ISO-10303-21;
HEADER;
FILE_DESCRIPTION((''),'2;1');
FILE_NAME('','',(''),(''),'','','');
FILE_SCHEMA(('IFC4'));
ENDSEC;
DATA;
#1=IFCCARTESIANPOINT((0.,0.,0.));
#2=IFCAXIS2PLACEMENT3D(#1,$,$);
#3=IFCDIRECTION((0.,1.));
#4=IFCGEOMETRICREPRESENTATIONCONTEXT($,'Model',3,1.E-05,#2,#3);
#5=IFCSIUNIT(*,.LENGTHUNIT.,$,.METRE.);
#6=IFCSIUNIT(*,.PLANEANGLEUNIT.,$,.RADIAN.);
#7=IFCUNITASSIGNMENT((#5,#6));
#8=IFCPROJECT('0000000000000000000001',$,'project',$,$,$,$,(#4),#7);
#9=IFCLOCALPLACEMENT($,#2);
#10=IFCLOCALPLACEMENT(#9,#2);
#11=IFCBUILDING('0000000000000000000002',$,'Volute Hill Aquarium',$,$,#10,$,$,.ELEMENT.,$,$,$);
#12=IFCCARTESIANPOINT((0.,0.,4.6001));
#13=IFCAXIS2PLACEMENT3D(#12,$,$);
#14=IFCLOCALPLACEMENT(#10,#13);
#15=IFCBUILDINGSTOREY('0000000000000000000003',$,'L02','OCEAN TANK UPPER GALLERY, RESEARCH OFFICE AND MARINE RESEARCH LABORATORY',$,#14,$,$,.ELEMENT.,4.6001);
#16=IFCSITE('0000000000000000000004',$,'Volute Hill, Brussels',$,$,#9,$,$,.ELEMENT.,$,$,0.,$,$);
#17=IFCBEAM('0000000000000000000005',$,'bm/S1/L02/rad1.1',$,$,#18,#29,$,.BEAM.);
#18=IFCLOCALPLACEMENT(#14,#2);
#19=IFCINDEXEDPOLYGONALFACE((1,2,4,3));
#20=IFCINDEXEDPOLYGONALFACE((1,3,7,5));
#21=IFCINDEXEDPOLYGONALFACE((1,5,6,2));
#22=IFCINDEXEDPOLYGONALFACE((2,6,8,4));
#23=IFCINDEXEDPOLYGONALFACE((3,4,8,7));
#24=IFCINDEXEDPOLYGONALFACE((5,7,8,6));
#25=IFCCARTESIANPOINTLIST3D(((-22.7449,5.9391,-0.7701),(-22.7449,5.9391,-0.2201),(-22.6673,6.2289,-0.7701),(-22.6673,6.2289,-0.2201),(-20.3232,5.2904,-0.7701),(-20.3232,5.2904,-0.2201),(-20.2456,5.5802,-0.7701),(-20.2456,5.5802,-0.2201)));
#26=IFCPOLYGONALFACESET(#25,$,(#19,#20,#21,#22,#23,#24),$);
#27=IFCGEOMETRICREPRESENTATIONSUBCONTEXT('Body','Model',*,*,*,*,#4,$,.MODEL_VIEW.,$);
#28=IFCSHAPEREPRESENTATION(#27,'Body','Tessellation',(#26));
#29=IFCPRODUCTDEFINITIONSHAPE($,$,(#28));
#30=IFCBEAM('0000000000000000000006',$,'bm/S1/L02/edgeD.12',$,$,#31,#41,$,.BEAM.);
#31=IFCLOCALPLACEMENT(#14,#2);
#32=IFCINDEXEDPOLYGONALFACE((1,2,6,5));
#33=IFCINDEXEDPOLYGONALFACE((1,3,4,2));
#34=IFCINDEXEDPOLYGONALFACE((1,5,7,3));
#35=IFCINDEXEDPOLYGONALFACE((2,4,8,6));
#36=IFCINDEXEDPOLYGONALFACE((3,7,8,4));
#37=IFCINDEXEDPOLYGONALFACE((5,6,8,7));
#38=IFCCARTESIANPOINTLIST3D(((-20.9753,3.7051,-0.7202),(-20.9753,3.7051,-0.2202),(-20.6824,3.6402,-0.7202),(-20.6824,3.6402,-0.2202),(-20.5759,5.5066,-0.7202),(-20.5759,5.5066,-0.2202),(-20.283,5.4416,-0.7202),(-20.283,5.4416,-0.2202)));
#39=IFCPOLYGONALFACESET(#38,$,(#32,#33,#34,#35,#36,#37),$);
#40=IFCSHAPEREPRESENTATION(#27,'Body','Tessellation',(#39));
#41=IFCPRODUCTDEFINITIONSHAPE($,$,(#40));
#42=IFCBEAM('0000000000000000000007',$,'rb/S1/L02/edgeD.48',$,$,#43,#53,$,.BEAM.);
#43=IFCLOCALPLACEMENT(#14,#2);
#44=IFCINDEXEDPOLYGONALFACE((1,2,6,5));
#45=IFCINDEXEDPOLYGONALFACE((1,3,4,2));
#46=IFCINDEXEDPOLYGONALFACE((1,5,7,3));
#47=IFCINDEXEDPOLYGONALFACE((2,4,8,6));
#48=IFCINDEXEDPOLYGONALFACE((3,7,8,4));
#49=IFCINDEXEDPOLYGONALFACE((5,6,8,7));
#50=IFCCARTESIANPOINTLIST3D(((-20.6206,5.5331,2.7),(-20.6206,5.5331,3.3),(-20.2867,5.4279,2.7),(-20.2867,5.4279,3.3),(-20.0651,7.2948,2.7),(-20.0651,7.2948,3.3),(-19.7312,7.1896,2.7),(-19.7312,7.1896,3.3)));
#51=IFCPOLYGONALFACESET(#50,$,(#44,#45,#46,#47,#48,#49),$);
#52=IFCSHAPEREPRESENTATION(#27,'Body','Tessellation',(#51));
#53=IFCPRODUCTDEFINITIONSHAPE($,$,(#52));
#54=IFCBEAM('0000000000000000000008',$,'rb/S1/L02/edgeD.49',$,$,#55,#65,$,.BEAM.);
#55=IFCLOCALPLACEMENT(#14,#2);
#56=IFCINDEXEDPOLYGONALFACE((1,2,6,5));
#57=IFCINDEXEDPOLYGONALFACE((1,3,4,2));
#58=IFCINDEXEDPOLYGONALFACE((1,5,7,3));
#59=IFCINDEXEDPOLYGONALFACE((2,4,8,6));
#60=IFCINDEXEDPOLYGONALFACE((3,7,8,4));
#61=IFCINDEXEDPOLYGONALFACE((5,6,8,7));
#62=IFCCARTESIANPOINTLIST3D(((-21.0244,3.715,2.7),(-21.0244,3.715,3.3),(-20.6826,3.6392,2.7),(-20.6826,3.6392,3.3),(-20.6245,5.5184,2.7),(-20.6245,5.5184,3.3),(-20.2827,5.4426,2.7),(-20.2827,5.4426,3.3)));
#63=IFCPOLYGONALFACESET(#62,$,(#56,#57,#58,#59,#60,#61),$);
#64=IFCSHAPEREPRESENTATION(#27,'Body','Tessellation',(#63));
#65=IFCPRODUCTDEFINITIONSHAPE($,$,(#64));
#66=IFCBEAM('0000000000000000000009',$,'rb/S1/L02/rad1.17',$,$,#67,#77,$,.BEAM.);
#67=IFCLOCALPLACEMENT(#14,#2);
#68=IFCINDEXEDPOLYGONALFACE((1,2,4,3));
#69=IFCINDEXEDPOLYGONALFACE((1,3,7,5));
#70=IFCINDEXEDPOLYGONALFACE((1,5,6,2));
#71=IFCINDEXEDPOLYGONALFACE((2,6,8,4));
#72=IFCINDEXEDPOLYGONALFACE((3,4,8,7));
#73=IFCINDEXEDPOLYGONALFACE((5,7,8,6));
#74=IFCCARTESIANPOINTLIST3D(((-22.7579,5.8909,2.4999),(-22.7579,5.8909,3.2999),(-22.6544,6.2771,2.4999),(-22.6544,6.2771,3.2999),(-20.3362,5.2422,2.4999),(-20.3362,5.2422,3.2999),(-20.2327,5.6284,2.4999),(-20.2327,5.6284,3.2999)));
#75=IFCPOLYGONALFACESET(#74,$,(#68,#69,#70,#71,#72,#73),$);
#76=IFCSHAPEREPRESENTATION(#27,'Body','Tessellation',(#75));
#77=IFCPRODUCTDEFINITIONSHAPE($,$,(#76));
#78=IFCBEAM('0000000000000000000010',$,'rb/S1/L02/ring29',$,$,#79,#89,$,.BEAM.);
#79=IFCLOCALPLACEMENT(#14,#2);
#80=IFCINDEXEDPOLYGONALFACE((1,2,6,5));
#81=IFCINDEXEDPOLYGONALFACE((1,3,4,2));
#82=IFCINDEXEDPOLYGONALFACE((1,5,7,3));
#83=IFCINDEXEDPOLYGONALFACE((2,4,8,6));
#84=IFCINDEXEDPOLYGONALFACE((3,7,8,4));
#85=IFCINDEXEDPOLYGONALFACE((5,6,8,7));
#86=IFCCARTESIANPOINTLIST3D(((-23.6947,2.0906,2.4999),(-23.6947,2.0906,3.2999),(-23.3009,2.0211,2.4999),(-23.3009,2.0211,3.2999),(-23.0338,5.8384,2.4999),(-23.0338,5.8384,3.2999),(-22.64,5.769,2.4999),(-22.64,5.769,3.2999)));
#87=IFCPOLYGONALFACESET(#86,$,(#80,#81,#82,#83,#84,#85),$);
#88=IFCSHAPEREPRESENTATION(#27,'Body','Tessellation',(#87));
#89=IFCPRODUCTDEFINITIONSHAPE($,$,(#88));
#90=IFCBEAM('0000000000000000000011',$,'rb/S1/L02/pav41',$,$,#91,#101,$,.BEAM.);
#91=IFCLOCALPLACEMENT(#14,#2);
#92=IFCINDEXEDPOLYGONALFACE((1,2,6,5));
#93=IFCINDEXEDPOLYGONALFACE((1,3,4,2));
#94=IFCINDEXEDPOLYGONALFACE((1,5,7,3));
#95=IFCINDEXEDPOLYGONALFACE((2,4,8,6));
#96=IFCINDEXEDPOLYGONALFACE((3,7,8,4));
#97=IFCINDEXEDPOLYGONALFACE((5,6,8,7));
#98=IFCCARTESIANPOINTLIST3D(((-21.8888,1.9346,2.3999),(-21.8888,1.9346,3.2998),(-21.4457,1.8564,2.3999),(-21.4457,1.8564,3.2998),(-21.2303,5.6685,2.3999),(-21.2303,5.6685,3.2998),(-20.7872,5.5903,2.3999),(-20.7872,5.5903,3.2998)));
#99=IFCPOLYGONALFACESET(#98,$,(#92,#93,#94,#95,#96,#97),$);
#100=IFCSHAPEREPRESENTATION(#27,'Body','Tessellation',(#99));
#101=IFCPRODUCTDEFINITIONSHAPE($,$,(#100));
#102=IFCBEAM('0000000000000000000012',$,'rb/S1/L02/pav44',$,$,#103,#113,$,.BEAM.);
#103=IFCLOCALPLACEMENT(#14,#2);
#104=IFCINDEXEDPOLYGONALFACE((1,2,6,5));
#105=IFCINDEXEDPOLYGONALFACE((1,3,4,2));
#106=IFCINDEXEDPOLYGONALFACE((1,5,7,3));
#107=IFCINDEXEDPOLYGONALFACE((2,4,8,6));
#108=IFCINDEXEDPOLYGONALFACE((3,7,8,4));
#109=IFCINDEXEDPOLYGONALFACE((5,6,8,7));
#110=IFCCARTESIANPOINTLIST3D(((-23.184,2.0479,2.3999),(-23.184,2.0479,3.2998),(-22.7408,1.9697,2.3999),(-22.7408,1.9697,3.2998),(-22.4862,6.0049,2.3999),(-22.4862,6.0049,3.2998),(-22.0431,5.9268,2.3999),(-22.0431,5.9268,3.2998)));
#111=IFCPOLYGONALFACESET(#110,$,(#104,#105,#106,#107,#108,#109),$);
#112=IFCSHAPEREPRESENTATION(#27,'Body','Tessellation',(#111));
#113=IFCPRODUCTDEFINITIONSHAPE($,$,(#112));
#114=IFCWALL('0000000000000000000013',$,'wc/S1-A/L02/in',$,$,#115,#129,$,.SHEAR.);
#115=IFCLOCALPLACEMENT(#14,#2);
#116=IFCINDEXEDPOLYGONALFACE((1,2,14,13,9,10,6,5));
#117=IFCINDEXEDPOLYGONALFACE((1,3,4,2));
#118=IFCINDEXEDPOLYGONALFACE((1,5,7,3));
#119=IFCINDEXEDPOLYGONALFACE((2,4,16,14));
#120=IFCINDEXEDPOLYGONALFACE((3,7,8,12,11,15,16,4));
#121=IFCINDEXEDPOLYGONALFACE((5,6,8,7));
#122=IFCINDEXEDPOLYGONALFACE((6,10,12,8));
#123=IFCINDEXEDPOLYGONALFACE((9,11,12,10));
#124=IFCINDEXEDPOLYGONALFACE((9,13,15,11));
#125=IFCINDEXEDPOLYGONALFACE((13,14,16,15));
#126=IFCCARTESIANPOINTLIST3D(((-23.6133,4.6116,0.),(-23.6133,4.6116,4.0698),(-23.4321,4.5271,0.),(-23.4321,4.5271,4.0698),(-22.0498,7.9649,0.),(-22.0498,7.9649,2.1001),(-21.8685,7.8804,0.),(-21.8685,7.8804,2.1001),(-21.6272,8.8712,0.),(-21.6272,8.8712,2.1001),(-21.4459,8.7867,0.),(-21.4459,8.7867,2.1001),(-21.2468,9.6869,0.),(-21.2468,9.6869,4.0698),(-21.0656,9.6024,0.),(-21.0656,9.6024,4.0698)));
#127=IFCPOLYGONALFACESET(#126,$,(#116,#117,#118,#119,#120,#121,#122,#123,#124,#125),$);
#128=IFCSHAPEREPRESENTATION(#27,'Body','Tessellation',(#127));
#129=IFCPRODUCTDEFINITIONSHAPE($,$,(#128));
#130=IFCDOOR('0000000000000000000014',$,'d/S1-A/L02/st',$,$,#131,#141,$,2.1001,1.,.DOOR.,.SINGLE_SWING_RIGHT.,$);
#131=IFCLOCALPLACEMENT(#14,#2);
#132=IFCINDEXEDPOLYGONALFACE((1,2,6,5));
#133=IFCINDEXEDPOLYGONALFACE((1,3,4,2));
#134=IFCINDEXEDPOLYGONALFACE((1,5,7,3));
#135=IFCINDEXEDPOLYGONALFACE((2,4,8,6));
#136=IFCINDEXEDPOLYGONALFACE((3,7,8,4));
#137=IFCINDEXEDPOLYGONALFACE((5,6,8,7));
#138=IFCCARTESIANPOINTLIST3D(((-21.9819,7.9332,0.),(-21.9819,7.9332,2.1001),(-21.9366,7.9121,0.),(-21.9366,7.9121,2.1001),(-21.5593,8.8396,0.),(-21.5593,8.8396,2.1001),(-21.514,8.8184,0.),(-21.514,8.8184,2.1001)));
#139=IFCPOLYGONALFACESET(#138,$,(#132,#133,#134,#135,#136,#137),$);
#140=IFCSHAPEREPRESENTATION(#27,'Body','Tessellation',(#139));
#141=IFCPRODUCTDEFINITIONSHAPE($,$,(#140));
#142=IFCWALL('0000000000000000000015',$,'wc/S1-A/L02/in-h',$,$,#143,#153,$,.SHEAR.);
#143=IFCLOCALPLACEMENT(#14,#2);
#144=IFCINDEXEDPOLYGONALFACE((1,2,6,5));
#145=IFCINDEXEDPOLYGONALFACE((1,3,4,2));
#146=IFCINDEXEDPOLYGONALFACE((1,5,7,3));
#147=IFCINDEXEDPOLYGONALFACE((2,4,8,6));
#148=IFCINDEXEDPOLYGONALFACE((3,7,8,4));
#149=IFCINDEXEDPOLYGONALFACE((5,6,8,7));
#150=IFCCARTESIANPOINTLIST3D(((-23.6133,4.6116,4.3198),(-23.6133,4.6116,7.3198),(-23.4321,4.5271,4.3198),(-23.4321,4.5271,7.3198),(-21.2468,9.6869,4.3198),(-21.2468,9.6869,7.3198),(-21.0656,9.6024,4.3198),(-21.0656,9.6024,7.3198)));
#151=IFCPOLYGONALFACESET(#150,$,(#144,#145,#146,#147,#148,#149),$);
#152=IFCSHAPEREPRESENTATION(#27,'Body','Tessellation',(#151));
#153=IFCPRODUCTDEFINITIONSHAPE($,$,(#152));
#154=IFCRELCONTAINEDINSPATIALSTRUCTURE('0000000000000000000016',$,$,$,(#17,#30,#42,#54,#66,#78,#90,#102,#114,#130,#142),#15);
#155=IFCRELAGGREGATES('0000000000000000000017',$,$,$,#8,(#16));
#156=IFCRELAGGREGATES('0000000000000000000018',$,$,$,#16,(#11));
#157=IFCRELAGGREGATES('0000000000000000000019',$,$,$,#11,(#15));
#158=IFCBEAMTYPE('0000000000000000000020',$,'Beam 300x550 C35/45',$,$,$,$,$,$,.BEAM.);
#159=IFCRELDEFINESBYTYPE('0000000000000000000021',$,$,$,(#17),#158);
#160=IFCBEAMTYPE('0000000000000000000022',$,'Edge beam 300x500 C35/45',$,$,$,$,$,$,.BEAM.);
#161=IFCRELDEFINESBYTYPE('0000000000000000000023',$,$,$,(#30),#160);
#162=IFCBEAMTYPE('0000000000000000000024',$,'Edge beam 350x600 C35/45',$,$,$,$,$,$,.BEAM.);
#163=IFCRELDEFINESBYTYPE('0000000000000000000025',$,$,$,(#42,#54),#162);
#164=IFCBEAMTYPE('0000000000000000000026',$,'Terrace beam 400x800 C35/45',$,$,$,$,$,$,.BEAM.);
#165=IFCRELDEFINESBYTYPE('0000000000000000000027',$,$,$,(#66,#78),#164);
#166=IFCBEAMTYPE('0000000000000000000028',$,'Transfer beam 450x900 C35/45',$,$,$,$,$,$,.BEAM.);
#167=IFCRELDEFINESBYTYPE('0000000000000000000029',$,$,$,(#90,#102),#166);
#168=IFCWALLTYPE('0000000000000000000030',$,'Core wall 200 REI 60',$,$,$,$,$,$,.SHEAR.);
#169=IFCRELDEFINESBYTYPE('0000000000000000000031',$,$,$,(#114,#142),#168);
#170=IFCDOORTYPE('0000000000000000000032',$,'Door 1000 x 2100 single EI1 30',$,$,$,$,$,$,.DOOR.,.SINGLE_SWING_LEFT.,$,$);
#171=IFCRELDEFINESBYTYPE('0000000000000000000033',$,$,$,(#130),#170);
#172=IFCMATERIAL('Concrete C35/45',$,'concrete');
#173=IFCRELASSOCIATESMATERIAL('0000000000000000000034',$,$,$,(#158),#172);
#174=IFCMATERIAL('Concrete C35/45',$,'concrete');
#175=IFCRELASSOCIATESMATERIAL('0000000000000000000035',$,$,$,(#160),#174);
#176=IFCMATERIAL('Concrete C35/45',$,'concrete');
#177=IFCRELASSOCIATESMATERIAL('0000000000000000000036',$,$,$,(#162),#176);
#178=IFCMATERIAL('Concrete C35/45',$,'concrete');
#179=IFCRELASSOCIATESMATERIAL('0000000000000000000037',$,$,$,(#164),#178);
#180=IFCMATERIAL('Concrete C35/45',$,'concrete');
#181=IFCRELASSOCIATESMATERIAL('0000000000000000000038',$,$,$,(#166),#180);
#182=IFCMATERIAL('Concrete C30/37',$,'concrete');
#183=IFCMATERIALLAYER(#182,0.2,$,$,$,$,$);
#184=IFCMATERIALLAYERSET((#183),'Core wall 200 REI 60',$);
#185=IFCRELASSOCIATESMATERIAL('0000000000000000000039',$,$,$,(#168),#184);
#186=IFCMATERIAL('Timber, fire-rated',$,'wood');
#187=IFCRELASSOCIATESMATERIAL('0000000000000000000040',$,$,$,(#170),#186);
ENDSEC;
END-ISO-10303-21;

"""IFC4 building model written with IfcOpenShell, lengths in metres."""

from ifc_helpers import new_model, si_unit, direction, frame, frame_2d, origin, origin_2d, place, context, subcontext, project, spatial, rectangle, extrude, material, layer, layer_set, material_profile, profile_set, type_object, element, fill, save


model = new_model("IFC4")

# Units and contexts
model_context = context("Model", 3, precision=1e-05, world=origin(), true_north=direction((0.0, 1.0)))
body_context = subcontext(model_context, "Body", "Model", "MODEL_VIEW")
ifc_project = project(units=[si_unit("LENGTHUNIT", "METRE"), si_unit("PLANEANGLEUNIT", "RADIAN")], contexts=[model_context])

# Site, building, storey
site_placement = place(None, origin())
site = spatial("IfcSite", under=ifc_project, at=site_placement, Name="Volute Hill, Brussels", CompositionType="ELEMENT", RefElevation=0.0)
building_placement = place(site_placement, origin())
building = spatial("IfcBuilding", under=site, at=building_placement, Name="Volute Hill Aquarium", CompositionType="ELEMENT")
storey_placement = place(building_placement, frame((0.0, 0.0, 4.6001)))
storey = spatial("IfcBuildingStorey", under=building, at=storey_placement, Name="L02", Description="OCEAN TANK UPPER GALLERY, RESEARCH OFFICE AND MARINE RESEARCH LABORATORY", CompositionType="ELEMENT", Elevation=4.6001)

# Beams
ifc_material_1 = material(Name="Concrete C35/45", Category="concrete")
ifc_material_profile_1 = material_profile(ifc_material_1, rectangle(XDim=0.3, YDim=0.55, at=origin_2d()), Name="RC beam 300x550")
ifc_profile_set_1 = profile_set([ifc_material_profile_1], Name="Concrete C35/45")
beam_type_1 = type_object("IfcBeamType", Name="Beam 300x550 C35/45", PredefinedType="BEAM", material=ifc_profile_set_1)
beam_1_placement = place(storey_placement, frame((-20.2844, 5.4353, -0.4951), z_axis=(-0.965945, 0.258747, 0.0), x_axis=(-0.258747, -0.965945, 0.0)))
element("IfcBeam", 1, at=beam_1_placement, inside=storey, type_object=beam_type_1, Name="bm/S1/L02/rad1.1", PredefinedType="BEAM", context=body_context, shape_type="SweptSolid", body=[
    extrude(rectangle(XDim=0.3, YDim=0.55, at=origin_2d()), origin(), (0.0, 0.0, 1.0), 2.5071),
])
ifc_material_2 = material(Name="Concrete C35/45", Category="concrete")
ifc_material_profile_2 = material_profile(ifc_material_2, rectangle(XDim=0.3, YDim=0.5, at=origin_2d()), Name="RC edge beam 300x500")
ifc_profile_set_2 = profile_set([ifc_material_profile_2], Name="Concrete C35/45")
beam_type_2 = type_object("IfcBeamType", Name="Edge beam 300x500 C35/45", PredefinedType="BEAM", material=ifc_profile_set_2)
beam_2_placement = place(storey_placement, frame((-20.4294, 5.4741, -0.4702), z_axis=(-0.216454, -0.976293, 0.0), x_axis=(0.976293, -0.216454, 0.0)))
element("IfcBeam", 2, at=beam_2_placement, inside=storey, type_object=beam_type_2, Name="bm/S1/L02/edgeD.12", PredefinedType="BEAM", context=body_context, shape_type="SweptSolid", body=[
    extrude(rectangle(XDim=0.3, YDim=0.5, at=origin_2d()), origin(), (0.0, 0.0, 1.0), 1.8452),
])
ifc_material_3 = material(Name="Concrete C35/45", Category="concrete")
ifc_material_profile_3 = material_profile(ifc_material_3, rectangle(XDim=0.3501, YDim=0.6001, at=origin_2d()), Name="RC edge beam 350x600")
ifc_profile_set_3 = profile_set([ifc_material_profile_3], Name="Concrete C35/45")
beam_type_3 = type_object("IfcBeamType", Name="Edge beam 350x600 C35/45", PredefinedType="BEAM", material=ifc_profile_set_3)
for number, where, z_axis, x_axis, name in (
    (3, (-19.8982, 7.2422, 3.0), (-0.300682, -0.953724, 0.0), (0.953724, -0.300682, 0.0), "rb/S1/L02/edgeD.48"),
    (4, (-20.4536, 5.4805, 3.0), (-0.216483, -0.976286, 0.0), (0.976286, -0.216483, 0.0), "rb/S1/L02/edgeD.49"),
):
    element("IfcBeam", number, at=place(storey_placement, frame(where, z_axis=z_axis, x_axis=x_axis)), inside=storey, type_object=beam_type_3, Name=name, PredefinedType="BEAM", context=body_context, shape_type="SweptSolid", body=[
        extrude(rectangle(XDim=0.3501, YDim=0.6001, at=origin_2d()), origin(), (0.0, 0.0, 1.0), 1.8472),
    ])
ifc_material_4 = material(Name="Concrete C35/45", Category="concrete")
ifc_material_profile_4 = material_profile(ifc_material_4, rectangle(XDim=0.3999, YDim=0.8, at=origin_2d()), Name="RC beam 400x800")
ifc_profile_set_4 = profile_set([ifc_material_profile_4], Name="Concrete C35/45")
beam_type_4 = type_object("IfcBeamType", Name="Terrace beam 400x800 C35/45", PredefinedType="BEAM", material=ifc_profile_set_4)
beam_3_placement = place(storey_placement, frame((-20.2844, 5.4353, 2.8999), z_axis=(-0.965945, 0.258747, 0.0), x_axis=(-0.258747, -0.965945, 0.0)))
element("IfcBeam", 5, at=beam_3_placement, inside=storey, type_object=beam_type_4, Name="rb/S1/L02/rad1.17", PredefinedType="BEAM", context=body_context, shape_type="SweptSolid", body=[
    extrude(rectangle(XDim=0.3999, YDim=0.8, at=origin_2d()), origin(), (0.0, 0.0, 1.0), 2.5071),
])
beam_4_placement = place(storey_placement, frame((-22.8369, 5.8037, 2.8999), z_axis=(-0.173661, -0.984806, 0.0), x_axis=(0.984806, -0.173661, 0.0)))
element("IfcBeam", 6, at=beam_4_placement, inside=storey, type_object=beam_type_4, Name="rb/S1/L02/ring29", PredefinedType="BEAM", context=body_context, shape_type="SweptSolid", body=[
    extrude(rectangle(XDim=0.3999, YDim=0.8, at=origin_2d()), origin(), (0.0, 0.0, 1.0), 3.8057),
])
ifc_material_5 = material(Name="Concrete C35/45", Category="concrete")
ifc_material_profile_5 = material_profile(ifc_material_5, rectangle(XDim=0.45, YDim=0.8999, at=origin_2d()), Name="RC transfer beam 450x900")
ifc_profile_set_5 = profile_set([ifc_material_profile_5], Name="Concrete C35/45")
beam_type_5 = type_object("IfcBeamType", Name="Transfer beam 450x900 C35/45", PredefinedType="BEAM", material=ifc_profile_set_5)
beam_5_placement = place(storey_placement, frame((-21.0088, 5.6294, 2.8499), z_axis=(-0.173664, -0.984805, 0.0), x_axis=(0.984805, -0.173664, 0.0)))
element("IfcBeam", 7, at=beam_5_placement, inside=storey, type_object=beam_type_5, Name="rb/S1/L02/pav41", PredefinedType="BEAM", context=body_context, shape_type="SweptSolid", body=[
    extrude(rectangle(XDim=0.45, YDim=0.8999, at=origin_2d()), origin(), (0.0, 0.0, 1.0), 3.7915),
])
beam_6_placement = place(storey_placement, frame((-22.2646, 5.9658, 2.8499), z_axis=(-0.173654, -0.984807, 0.0), x_axis=(0.984807, -0.173654, 0.0)))
element("IfcBeam", 8, at=beam_6_placement, inside=storey, type_object=beam_type_5, Name="rb/S1/L02/pav44", PredefinedType="BEAM", context=body_context, shape_type="SweptSolid", body=[
    extrude(rectangle(XDim=0.45, YDim=0.8999, at=origin_2d()), origin(), (0.0, 0.0, 1.0), 4.0181),
])

# Wall, opening, door
ifc_material_6 = material(Name="Concrete C30/37", Category="concrete")
ifc_layer_1 = layer(ifc_material_6, 0.2)
ifc_layer_set_1 = layer_set([ifc_layer_1], Name="Core wall 200 REI 60")
wall_type_1 = type_object("IfcWallType", Name="Core wall 200 REI 60", PredefinedType="SHEAR", material=ifc_layer_set_1)
wall_1_placement = place(storey_placement, frame((-21.1562, 9.6445, 0.0), z_axis=(0.0, 0.0, 1.0), x_axis=(-0.422597, -0.906318, 0.0)))
wall_1 = element("IfcWall", 9, at=wall_1_placement, inside=storey, type_object=wall_type_1, Name="wc/S1-A/L02/in", PredefinedType="SHEAR", context=body_context, shape_type="SweptSolid", body=[
    extrude(rectangle(XDim=5.5999, YDim=0.2, at=frame_2d((2.7998, 0.0))), origin(), (0.0, 0.0, 1.0), 4.0698),
])
opening_1_placement = place(wall_1_placement, frame((0.8999, 0.0, 0.0)))
opening_1 = element("IfcOpeningElement", 10, at=opening_1_placement, cuts=wall_1, PredefinedType="OPENING", context=body_context, shape_type="SweptSolid", body=[
    extrude(rectangle(XDim=1.0, YDim=2.1001, at=frame_2d((0.5, 1.05))), frame((0.0, 0.1099, 0.0), z_axis=(0.0, -1.0, 0.0), x_axis=(1.0, 0.0, 0.0)), (0.0, 0.0, 1.0), 0.22),
])
ifc_material_7 = material(Name="Timber, fire-rated", Category="wood")
door_type_1 = type_object("IfcDoorType", Name="Door 1000 x 2100 single EI1 30", OperationType="SINGLE_SWING_LEFT", PredefinedType="DOOR", material=ifc_material_7)
door_1_placement = place(opening_1_placement, origin())
door_1 = element("IfcDoor", 11, at=door_1_placement, inside=storey, type_object=door_type_1, Name="d/S1-A/L02/st", OperationType="SINGLE_SWING_RIGHT", OverallHeight=2.1001, OverallWidth=1.0, PredefinedType="DOOR", context=body_context, shape_type="SweptSolid", body=[
    extrude(rectangle(XDim=1.0, YDim=2.1001, at=frame_2d((0.5, 1.05))), frame((0.0, 0.0249, 0.0), z_axis=(0.0, -1.0, 0.0), x_axis=(1.0, 0.0, 0.0)), (0.0, 0.0, 1.0), 0.05),
])
fill(opening_1, door_1)

# Wall
wall_2_placement = place(storey_placement, frame((-21.1562, 9.6445, 4.3198), z_axis=(0.0, 0.0, 1.0), x_axis=(-0.422597, -0.906318, 0.0)))
element("IfcWall", 12, at=wall_2_placement, inside=storey, type_object=wall_type_1, Name="wc/S1-A/L02/in-h", PredefinedType="SHEAR", context=body_context, shape_type="SweptSolid", body=[
    extrude(rectangle(XDim=5.5999, YDim=0.2, at=frame_2d((2.7998, 0.0))), origin(), (0.0, 0.0, 1.0), 3.0),
])

save(model, "model.ifc")
